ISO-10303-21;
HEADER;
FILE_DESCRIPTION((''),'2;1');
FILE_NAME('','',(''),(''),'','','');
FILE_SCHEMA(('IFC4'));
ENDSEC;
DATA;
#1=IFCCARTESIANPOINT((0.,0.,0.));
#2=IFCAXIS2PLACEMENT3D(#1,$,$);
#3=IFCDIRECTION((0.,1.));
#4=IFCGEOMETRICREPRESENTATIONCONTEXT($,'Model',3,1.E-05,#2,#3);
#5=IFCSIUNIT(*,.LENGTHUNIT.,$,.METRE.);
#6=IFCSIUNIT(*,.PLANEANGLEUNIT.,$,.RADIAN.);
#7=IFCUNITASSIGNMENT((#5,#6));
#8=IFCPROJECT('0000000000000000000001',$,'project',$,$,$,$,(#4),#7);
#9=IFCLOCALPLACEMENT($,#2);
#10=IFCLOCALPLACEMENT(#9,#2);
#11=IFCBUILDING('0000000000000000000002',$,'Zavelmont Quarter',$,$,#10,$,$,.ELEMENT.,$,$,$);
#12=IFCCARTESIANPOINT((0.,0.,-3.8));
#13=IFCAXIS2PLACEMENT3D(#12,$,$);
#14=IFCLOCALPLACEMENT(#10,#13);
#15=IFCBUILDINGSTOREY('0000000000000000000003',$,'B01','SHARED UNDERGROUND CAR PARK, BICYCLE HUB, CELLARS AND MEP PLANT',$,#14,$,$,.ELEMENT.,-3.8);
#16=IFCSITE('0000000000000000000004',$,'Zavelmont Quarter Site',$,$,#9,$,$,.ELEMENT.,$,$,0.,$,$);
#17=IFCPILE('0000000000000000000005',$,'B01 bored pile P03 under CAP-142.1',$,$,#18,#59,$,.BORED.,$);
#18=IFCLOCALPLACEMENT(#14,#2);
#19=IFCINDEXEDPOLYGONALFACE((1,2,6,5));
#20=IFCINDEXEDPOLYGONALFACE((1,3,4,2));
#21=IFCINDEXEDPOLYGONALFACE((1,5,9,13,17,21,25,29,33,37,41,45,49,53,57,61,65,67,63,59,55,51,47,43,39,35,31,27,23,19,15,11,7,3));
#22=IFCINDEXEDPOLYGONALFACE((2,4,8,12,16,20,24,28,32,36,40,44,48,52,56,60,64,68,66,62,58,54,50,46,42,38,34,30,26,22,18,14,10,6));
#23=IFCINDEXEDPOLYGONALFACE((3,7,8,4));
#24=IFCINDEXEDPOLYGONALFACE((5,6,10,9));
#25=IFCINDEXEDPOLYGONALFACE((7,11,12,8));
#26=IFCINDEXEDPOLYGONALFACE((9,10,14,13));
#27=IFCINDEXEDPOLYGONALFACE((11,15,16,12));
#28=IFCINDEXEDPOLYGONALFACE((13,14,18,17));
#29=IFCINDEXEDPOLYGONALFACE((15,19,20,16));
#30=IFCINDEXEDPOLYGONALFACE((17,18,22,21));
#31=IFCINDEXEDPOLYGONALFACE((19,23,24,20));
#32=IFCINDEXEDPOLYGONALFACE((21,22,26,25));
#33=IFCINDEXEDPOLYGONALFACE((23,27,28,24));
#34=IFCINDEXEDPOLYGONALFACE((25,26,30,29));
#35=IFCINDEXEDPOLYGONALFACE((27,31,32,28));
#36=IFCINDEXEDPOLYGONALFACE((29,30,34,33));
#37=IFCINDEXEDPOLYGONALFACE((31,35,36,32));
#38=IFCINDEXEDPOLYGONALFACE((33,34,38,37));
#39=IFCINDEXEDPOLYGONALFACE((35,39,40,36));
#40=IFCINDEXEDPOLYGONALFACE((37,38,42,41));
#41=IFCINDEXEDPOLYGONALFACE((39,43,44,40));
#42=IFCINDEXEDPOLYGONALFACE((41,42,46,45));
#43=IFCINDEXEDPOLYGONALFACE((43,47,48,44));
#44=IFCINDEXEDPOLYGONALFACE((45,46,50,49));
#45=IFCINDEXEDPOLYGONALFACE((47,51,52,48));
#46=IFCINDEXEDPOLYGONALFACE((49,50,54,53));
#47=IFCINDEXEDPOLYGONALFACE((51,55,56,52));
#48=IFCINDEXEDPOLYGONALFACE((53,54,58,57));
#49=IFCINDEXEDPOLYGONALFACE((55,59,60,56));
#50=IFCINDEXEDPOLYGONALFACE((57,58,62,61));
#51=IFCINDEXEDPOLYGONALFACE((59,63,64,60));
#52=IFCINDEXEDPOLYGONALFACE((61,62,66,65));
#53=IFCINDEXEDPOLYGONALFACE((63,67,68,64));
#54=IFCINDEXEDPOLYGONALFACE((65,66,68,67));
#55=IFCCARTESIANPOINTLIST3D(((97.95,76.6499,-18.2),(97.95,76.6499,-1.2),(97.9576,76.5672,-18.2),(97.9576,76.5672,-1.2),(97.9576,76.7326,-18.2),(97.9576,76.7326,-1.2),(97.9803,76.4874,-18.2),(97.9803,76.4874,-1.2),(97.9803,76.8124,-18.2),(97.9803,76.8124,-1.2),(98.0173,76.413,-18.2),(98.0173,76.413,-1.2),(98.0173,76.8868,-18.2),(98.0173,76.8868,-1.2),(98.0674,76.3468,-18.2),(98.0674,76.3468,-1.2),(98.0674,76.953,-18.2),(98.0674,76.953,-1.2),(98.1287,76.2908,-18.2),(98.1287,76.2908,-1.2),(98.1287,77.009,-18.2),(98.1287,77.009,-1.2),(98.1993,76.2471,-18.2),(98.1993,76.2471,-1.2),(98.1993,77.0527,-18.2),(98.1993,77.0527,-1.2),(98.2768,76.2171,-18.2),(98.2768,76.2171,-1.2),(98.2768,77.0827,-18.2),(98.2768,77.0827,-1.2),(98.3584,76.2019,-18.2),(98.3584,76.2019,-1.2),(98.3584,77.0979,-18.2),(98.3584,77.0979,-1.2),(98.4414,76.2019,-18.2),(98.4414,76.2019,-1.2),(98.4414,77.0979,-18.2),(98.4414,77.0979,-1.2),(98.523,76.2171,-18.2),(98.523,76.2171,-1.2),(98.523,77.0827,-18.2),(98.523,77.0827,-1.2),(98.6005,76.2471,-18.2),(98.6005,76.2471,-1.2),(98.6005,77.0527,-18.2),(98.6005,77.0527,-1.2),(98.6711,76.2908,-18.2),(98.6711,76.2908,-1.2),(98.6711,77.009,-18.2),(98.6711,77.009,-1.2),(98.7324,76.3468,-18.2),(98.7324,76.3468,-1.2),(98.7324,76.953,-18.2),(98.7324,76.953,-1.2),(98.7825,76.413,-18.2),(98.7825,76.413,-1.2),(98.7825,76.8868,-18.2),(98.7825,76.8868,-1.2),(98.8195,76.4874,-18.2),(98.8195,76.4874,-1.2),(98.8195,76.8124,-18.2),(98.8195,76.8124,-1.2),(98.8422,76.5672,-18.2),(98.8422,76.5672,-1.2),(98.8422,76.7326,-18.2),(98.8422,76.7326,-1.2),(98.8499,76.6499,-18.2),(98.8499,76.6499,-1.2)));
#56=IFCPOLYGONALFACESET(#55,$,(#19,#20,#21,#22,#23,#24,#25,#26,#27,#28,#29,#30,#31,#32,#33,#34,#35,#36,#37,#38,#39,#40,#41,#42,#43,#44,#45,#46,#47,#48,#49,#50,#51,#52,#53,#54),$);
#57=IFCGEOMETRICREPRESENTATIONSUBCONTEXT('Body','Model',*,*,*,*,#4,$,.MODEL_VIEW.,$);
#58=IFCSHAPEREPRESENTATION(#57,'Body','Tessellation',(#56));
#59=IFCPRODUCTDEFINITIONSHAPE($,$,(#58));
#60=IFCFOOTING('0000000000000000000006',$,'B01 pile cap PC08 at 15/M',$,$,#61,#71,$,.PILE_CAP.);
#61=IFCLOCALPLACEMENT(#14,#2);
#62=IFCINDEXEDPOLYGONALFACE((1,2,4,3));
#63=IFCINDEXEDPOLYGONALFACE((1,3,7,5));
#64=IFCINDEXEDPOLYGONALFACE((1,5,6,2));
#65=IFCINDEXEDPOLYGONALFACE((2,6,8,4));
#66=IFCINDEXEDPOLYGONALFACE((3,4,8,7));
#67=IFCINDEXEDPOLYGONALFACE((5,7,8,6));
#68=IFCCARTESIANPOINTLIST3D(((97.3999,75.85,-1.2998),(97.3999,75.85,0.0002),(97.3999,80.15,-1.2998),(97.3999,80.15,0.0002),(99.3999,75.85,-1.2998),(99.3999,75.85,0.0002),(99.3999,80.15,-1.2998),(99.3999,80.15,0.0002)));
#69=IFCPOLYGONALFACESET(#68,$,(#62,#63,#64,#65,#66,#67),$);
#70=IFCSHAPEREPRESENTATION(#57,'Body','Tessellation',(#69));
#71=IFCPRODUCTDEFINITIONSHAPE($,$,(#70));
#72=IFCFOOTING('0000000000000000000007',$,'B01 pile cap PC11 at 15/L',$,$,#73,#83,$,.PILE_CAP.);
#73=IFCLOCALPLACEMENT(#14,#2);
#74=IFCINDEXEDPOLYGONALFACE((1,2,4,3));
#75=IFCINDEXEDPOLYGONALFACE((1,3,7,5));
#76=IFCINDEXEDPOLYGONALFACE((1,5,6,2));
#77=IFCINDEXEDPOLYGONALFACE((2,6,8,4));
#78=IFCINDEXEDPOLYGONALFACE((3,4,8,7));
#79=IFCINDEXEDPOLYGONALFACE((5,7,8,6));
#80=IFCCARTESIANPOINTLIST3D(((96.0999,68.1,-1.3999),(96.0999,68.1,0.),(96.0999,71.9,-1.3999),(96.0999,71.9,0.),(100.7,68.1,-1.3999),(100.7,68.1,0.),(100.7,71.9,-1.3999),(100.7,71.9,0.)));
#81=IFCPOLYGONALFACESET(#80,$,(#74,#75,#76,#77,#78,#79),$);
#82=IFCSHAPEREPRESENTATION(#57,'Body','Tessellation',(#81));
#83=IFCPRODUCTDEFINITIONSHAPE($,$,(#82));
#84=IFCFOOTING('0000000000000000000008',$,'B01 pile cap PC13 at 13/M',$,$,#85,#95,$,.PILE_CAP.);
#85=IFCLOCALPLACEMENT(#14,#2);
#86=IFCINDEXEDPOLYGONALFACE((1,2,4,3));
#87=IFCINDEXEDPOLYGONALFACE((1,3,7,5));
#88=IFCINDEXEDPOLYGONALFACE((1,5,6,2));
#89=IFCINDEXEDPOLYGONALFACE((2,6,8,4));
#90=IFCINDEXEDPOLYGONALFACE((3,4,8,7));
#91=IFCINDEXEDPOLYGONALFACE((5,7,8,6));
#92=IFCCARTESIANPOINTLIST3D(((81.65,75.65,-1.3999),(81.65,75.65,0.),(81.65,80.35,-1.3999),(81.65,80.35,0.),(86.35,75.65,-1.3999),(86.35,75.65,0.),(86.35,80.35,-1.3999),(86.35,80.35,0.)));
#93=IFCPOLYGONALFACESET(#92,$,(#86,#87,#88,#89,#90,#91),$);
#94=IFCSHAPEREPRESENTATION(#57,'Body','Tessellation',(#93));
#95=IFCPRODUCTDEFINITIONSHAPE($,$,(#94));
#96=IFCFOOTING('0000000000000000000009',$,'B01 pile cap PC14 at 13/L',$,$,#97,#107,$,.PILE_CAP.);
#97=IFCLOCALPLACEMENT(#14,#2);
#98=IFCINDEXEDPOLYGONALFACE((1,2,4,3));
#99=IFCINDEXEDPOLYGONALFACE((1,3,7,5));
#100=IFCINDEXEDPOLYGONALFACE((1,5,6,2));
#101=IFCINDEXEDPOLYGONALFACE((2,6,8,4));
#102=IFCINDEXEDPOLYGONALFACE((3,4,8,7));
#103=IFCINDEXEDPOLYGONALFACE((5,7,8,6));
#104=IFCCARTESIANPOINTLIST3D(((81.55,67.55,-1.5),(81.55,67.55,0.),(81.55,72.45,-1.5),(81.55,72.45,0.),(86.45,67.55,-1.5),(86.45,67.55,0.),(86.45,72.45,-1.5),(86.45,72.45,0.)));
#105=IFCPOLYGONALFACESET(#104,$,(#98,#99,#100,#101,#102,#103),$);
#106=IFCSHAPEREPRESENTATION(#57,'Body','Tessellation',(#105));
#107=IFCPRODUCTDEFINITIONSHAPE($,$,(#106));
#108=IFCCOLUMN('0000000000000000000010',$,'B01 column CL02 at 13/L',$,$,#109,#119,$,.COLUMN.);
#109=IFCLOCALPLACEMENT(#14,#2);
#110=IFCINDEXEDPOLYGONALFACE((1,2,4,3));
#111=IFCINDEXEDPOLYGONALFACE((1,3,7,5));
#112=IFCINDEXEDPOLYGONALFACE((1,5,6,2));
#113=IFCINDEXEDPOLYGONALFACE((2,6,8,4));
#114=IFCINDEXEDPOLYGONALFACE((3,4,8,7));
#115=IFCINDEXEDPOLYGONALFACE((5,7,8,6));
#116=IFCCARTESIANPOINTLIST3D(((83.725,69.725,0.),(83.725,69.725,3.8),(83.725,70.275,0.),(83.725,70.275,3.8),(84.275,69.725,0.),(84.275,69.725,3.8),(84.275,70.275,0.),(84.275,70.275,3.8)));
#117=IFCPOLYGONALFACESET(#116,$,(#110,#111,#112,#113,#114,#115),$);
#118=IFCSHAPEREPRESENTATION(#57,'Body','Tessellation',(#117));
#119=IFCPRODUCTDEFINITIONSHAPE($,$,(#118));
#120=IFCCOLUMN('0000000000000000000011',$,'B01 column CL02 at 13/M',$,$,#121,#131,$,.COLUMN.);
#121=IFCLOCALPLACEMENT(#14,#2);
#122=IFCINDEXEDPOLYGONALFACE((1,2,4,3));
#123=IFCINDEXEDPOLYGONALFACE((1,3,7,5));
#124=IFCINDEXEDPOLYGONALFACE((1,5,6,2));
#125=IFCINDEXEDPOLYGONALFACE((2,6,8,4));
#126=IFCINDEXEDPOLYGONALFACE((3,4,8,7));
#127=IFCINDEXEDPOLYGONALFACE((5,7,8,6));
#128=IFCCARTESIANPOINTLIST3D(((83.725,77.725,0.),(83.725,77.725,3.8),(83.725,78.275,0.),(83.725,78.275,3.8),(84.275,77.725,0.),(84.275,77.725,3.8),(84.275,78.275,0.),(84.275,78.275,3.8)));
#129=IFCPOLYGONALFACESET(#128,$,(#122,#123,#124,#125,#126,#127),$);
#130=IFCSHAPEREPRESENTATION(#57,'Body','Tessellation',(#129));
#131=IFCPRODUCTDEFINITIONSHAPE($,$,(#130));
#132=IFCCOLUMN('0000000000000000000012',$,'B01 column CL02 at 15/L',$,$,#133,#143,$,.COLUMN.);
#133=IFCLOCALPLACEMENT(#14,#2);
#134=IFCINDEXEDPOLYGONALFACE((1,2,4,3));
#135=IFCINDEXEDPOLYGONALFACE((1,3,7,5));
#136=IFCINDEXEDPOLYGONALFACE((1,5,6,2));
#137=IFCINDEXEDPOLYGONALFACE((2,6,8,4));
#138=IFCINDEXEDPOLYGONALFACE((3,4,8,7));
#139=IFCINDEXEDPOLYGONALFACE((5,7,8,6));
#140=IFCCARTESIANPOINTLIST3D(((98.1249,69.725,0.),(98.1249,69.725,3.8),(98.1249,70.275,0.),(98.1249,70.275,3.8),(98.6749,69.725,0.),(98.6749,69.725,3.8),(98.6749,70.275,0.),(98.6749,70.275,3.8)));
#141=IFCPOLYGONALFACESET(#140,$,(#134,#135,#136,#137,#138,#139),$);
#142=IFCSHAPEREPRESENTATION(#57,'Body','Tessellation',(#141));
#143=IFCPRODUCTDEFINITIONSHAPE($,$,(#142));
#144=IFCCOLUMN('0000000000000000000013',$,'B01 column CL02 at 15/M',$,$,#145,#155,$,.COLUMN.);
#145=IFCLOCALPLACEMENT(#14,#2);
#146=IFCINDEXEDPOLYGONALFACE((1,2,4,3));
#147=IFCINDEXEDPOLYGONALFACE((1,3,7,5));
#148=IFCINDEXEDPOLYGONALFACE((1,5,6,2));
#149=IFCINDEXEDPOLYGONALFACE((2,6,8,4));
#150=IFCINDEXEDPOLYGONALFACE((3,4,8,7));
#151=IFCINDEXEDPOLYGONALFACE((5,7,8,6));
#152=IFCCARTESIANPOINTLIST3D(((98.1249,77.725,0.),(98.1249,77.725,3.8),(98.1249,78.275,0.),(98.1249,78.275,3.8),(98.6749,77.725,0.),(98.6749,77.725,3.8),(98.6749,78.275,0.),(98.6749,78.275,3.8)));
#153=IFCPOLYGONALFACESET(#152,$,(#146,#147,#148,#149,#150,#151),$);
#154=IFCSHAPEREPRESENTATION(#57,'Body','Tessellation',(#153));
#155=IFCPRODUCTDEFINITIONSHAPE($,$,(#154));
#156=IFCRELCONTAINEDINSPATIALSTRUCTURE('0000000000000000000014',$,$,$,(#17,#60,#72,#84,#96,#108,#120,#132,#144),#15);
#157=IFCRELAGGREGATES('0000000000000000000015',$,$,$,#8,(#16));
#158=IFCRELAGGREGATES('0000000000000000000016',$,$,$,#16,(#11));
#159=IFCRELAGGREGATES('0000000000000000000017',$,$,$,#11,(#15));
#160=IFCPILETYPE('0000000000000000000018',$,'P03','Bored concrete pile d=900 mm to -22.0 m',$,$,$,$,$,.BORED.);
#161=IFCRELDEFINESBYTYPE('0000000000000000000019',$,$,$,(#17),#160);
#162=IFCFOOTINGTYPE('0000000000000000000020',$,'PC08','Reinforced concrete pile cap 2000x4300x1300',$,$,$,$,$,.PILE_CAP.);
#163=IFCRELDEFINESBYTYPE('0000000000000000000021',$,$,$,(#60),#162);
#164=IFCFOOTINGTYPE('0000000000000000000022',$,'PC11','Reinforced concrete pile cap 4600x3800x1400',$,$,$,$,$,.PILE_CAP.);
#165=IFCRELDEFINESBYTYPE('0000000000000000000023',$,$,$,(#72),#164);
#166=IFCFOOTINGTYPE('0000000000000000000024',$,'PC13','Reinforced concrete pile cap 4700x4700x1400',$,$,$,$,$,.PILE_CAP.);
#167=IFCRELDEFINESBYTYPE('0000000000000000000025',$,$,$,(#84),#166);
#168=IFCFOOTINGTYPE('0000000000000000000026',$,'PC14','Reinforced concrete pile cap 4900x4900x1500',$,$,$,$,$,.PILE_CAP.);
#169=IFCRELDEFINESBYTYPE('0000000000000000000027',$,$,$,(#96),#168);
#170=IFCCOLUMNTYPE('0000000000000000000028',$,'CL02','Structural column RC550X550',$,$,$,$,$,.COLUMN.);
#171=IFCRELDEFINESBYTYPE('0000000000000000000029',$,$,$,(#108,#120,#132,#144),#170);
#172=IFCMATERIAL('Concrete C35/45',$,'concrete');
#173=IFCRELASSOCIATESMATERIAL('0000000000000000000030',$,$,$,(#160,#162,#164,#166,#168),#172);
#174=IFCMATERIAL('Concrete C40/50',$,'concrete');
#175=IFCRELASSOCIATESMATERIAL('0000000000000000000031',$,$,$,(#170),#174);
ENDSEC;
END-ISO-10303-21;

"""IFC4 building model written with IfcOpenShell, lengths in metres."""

from ifc_helpers import new_model, si_unit, direction, frame, origin, origin_2d, place, context, subcontext, project, spatial, rectangle, circle, extrude, material, material_profile, profile_set, type_object, element, save


model = new_model("IFC4")

# Units and contexts
model_context = context("Model", 3, precision=1e-05, world=origin(), true_north=direction((0.0, 1.0)))
body_context = subcontext(model_context, "Body", "Model", "MODEL_VIEW")
ifc_project = project(units=[si_unit("LENGTHUNIT", "METRE"), si_unit("PLANEANGLEUNIT", "RADIAN")], contexts=[model_context])

# Site, building, storey
site_placement = place(None, origin())
site = spatial("IfcSite", under=ifc_project, at=site_placement, Name="Zavelmont Quarter Site", CompositionType="ELEMENT", RefElevation=0.0)
building_placement = place(site_placement, origin())
building = spatial("IfcBuilding", under=site, at=building_placement, Name="Zavelmont Quarter", CompositionType="ELEMENT")
storey_placement = place(building_placement, frame((0.0, 0.0, -3.8)))
storey = spatial("IfcBuildingStorey", under=building, at=storey_placement, Name="B01", Description="SHARED UNDERGROUND CAR PARK, BICYCLE HUB, CELLARS AND MEP PLANT", CompositionType="ELEMENT", Elevation=-3.8)

# Shared definitions
ifc_material_1 = material(Name="Concrete C35/45", Category="concrete")

# Pile
ifc_material_profile_1 = material_profile(ifc_material_1, circle(Radius=0.45, at=origin_2d()), Name="BP900")
ifc_profile_set_1 = profile_set([ifc_material_profile_1], Name="Concrete C35/45")
pile_type_1 = type_object("IfcPileType", Name="P03", Description="Bored concrete pile d=900 mm to -22.0 m", PredefinedType="BORED", material=ifc_profile_set_1)
pile_placement = place(storey_placement, frame((98.3999, 76.6499, -1.2), z_axis=(0.0, 0.0, -1.0), x_axis=(1.0, 0.0, 0.0)))
element("IfcPile", 1, at=pile_placement, inside=storey, type_object=pile_type_1, Name="B01 bored pile P03 under CAP-142.1", PredefinedType="BORED", context=body_context, shape_type="SweptSolid", body=[
    extrude(circle(Radius=0.45, at=origin_2d()), origin(), (0.0, 0.0, 1.0), 17.0),
])

# Footings
footing_type_1 = type_object("IfcFootingType", Name="PC08", Description="Reinforced concrete pile cap 2000x4300x1300", PredefinedType="PILE_CAP", material=ifc_material_1)
footing_1_placement = place(storey_placement, frame((98.3999, 78.0, -1.2998), z_axis=(0.0, 0.0, 1.0), x_axis=(1.0, 0.0, 0.0)))
element("IfcFooting", 2, at=footing_1_placement, inside=storey, type_object=footing_type_1, Name="B01 pile cap PC08 at 15/M", PredefinedType="PILE_CAP", context=body_context, shape_type="SweptSolid", body=[
    extrude(rectangle(XDim=2.0, YDim=4.3, at=origin_2d()), origin(), (0.0, 0.0, 1.0), 1.3),
])
footing_type_2 = type_object("IfcFootingType", Name="PC11", Description="Reinforced concrete pile cap 4600x3800x1400", PredefinedType="PILE_CAP", material=ifc_material_1)
footing_2_placement = place(storey_placement, frame((98.3999, 70.0, -1.3999), z_axis=(0.0, 0.0, 1.0), x_axis=(1.0, 0.0, 0.0)))
element("IfcFooting", 3, at=footing_2_placement, inside=storey, type_object=footing_type_2, Name="B01 pile cap PC11 at 15/L", PredefinedType="PILE_CAP", context=body_context, shape_type="SweptSolid", body=[
    extrude(rectangle(XDim=4.6001, YDim=3.8, at=origin_2d()), origin(), (0.0, 0.0, 1.0), 1.3999),
])
footing_type_3 = type_object("IfcFootingType", Name="PC13", Description="Reinforced concrete pile cap 4700x4700x1400", PredefinedType="PILE_CAP", material=ifc_material_1)
footing_3_placement = place(storey_placement, frame((84.0, 78.0, -1.3999), z_axis=(0.0, 0.0, 1.0), x_axis=(1.0, 0.0, 0.0)))
element("IfcFooting", 4, at=footing_3_placement, inside=storey, type_object=footing_type_3, Name="B01 pile cap PC13 at 13/M", PredefinedType="PILE_CAP", context=body_context, shape_type="SweptSolid", body=[
    extrude(rectangle(XDim=4.7, YDim=4.7, at=origin_2d()), origin(), (0.0, 0.0, 1.0), 1.3999),
])
footing_type_4 = type_object("IfcFootingType", Name="PC14", Description="Reinforced concrete pile cap 4900x4900x1500", PredefinedType="PILE_CAP", material=ifc_material_1)
footing_4_placement = place(storey_placement, frame((84.0, 70.0, -1.5), z_axis=(0.0, 0.0, 1.0), x_axis=(1.0, 0.0, 0.0)))
element("IfcFooting", 5, at=footing_4_placement, inside=storey, type_object=footing_type_4, Name="B01 pile cap PC14 at 13/L", PredefinedType="PILE_CAP", context=body_context, shape_type="SweptSolid", body=[
    extrude(rectangle(XDim=4.8999, YDim=4.8999, at=origin_2d()), origin(), (0.0, 0.0, 1.0), 1.5),
])

# Columns
ifc_material_2 = material(Name="Concrete C40/50", Category="concrete")
ifc_material_profile_2 = material_profile(ifc_material_2, rectangle(XDim=0.55, YDim=0.55, at=origin_2d()), Name="RC550X550")
ifc_profile_set_2 = profile_set([ifc_material_profile_2], Name="Concrete C40/50")
column_type = type_object("IfcColumnType", Name="CL02", Description="Structural column RC550X550", PredefinedType="COLUMN", material=ifc_profile_set_2)
for number, where, z_axis, x_axis, name in (
    (6, (84.0, 70.0, 0.0), (0.0, 0.0, 1.0), (1.0, 0.0, 0.0), "B01 column CL02 at 13/L"),
    (7, (84.0, 78.0, 0.0), (0.0, 0.0, 1.0), (1.0, 0.0, 0.0), "B01 column CL02 at 13/M"),
    (8, (98.3999, 70.0, 0.0), (0.0, 0.0, 1.0), (1.0, 0.0, 0.0), "B01 column CL02 at 15/L"),
    (9, (98.3999, 78.0, 0.0), (0.0, 0.0, 1.0), (1.0, 0.0, 0.0), "B01 column CL02 at 15/M"),
):
    element("IfcColumn", number, at=place(storey_placement, frame(where, z_axis=z_axis, x_axis=x_axis)), inside=storey, type_object=column_type, Name=name, PredefinedType="COLUMN", context=body_context, shape_type="SweptSolid", body=[
        extrude(rectangle(XDim=0.55, YDim=0.55, at=origin_2d()), origin(), (0.0, 0.0, 1.0), 3.8),
    ])

save(model, "model.ifc")
